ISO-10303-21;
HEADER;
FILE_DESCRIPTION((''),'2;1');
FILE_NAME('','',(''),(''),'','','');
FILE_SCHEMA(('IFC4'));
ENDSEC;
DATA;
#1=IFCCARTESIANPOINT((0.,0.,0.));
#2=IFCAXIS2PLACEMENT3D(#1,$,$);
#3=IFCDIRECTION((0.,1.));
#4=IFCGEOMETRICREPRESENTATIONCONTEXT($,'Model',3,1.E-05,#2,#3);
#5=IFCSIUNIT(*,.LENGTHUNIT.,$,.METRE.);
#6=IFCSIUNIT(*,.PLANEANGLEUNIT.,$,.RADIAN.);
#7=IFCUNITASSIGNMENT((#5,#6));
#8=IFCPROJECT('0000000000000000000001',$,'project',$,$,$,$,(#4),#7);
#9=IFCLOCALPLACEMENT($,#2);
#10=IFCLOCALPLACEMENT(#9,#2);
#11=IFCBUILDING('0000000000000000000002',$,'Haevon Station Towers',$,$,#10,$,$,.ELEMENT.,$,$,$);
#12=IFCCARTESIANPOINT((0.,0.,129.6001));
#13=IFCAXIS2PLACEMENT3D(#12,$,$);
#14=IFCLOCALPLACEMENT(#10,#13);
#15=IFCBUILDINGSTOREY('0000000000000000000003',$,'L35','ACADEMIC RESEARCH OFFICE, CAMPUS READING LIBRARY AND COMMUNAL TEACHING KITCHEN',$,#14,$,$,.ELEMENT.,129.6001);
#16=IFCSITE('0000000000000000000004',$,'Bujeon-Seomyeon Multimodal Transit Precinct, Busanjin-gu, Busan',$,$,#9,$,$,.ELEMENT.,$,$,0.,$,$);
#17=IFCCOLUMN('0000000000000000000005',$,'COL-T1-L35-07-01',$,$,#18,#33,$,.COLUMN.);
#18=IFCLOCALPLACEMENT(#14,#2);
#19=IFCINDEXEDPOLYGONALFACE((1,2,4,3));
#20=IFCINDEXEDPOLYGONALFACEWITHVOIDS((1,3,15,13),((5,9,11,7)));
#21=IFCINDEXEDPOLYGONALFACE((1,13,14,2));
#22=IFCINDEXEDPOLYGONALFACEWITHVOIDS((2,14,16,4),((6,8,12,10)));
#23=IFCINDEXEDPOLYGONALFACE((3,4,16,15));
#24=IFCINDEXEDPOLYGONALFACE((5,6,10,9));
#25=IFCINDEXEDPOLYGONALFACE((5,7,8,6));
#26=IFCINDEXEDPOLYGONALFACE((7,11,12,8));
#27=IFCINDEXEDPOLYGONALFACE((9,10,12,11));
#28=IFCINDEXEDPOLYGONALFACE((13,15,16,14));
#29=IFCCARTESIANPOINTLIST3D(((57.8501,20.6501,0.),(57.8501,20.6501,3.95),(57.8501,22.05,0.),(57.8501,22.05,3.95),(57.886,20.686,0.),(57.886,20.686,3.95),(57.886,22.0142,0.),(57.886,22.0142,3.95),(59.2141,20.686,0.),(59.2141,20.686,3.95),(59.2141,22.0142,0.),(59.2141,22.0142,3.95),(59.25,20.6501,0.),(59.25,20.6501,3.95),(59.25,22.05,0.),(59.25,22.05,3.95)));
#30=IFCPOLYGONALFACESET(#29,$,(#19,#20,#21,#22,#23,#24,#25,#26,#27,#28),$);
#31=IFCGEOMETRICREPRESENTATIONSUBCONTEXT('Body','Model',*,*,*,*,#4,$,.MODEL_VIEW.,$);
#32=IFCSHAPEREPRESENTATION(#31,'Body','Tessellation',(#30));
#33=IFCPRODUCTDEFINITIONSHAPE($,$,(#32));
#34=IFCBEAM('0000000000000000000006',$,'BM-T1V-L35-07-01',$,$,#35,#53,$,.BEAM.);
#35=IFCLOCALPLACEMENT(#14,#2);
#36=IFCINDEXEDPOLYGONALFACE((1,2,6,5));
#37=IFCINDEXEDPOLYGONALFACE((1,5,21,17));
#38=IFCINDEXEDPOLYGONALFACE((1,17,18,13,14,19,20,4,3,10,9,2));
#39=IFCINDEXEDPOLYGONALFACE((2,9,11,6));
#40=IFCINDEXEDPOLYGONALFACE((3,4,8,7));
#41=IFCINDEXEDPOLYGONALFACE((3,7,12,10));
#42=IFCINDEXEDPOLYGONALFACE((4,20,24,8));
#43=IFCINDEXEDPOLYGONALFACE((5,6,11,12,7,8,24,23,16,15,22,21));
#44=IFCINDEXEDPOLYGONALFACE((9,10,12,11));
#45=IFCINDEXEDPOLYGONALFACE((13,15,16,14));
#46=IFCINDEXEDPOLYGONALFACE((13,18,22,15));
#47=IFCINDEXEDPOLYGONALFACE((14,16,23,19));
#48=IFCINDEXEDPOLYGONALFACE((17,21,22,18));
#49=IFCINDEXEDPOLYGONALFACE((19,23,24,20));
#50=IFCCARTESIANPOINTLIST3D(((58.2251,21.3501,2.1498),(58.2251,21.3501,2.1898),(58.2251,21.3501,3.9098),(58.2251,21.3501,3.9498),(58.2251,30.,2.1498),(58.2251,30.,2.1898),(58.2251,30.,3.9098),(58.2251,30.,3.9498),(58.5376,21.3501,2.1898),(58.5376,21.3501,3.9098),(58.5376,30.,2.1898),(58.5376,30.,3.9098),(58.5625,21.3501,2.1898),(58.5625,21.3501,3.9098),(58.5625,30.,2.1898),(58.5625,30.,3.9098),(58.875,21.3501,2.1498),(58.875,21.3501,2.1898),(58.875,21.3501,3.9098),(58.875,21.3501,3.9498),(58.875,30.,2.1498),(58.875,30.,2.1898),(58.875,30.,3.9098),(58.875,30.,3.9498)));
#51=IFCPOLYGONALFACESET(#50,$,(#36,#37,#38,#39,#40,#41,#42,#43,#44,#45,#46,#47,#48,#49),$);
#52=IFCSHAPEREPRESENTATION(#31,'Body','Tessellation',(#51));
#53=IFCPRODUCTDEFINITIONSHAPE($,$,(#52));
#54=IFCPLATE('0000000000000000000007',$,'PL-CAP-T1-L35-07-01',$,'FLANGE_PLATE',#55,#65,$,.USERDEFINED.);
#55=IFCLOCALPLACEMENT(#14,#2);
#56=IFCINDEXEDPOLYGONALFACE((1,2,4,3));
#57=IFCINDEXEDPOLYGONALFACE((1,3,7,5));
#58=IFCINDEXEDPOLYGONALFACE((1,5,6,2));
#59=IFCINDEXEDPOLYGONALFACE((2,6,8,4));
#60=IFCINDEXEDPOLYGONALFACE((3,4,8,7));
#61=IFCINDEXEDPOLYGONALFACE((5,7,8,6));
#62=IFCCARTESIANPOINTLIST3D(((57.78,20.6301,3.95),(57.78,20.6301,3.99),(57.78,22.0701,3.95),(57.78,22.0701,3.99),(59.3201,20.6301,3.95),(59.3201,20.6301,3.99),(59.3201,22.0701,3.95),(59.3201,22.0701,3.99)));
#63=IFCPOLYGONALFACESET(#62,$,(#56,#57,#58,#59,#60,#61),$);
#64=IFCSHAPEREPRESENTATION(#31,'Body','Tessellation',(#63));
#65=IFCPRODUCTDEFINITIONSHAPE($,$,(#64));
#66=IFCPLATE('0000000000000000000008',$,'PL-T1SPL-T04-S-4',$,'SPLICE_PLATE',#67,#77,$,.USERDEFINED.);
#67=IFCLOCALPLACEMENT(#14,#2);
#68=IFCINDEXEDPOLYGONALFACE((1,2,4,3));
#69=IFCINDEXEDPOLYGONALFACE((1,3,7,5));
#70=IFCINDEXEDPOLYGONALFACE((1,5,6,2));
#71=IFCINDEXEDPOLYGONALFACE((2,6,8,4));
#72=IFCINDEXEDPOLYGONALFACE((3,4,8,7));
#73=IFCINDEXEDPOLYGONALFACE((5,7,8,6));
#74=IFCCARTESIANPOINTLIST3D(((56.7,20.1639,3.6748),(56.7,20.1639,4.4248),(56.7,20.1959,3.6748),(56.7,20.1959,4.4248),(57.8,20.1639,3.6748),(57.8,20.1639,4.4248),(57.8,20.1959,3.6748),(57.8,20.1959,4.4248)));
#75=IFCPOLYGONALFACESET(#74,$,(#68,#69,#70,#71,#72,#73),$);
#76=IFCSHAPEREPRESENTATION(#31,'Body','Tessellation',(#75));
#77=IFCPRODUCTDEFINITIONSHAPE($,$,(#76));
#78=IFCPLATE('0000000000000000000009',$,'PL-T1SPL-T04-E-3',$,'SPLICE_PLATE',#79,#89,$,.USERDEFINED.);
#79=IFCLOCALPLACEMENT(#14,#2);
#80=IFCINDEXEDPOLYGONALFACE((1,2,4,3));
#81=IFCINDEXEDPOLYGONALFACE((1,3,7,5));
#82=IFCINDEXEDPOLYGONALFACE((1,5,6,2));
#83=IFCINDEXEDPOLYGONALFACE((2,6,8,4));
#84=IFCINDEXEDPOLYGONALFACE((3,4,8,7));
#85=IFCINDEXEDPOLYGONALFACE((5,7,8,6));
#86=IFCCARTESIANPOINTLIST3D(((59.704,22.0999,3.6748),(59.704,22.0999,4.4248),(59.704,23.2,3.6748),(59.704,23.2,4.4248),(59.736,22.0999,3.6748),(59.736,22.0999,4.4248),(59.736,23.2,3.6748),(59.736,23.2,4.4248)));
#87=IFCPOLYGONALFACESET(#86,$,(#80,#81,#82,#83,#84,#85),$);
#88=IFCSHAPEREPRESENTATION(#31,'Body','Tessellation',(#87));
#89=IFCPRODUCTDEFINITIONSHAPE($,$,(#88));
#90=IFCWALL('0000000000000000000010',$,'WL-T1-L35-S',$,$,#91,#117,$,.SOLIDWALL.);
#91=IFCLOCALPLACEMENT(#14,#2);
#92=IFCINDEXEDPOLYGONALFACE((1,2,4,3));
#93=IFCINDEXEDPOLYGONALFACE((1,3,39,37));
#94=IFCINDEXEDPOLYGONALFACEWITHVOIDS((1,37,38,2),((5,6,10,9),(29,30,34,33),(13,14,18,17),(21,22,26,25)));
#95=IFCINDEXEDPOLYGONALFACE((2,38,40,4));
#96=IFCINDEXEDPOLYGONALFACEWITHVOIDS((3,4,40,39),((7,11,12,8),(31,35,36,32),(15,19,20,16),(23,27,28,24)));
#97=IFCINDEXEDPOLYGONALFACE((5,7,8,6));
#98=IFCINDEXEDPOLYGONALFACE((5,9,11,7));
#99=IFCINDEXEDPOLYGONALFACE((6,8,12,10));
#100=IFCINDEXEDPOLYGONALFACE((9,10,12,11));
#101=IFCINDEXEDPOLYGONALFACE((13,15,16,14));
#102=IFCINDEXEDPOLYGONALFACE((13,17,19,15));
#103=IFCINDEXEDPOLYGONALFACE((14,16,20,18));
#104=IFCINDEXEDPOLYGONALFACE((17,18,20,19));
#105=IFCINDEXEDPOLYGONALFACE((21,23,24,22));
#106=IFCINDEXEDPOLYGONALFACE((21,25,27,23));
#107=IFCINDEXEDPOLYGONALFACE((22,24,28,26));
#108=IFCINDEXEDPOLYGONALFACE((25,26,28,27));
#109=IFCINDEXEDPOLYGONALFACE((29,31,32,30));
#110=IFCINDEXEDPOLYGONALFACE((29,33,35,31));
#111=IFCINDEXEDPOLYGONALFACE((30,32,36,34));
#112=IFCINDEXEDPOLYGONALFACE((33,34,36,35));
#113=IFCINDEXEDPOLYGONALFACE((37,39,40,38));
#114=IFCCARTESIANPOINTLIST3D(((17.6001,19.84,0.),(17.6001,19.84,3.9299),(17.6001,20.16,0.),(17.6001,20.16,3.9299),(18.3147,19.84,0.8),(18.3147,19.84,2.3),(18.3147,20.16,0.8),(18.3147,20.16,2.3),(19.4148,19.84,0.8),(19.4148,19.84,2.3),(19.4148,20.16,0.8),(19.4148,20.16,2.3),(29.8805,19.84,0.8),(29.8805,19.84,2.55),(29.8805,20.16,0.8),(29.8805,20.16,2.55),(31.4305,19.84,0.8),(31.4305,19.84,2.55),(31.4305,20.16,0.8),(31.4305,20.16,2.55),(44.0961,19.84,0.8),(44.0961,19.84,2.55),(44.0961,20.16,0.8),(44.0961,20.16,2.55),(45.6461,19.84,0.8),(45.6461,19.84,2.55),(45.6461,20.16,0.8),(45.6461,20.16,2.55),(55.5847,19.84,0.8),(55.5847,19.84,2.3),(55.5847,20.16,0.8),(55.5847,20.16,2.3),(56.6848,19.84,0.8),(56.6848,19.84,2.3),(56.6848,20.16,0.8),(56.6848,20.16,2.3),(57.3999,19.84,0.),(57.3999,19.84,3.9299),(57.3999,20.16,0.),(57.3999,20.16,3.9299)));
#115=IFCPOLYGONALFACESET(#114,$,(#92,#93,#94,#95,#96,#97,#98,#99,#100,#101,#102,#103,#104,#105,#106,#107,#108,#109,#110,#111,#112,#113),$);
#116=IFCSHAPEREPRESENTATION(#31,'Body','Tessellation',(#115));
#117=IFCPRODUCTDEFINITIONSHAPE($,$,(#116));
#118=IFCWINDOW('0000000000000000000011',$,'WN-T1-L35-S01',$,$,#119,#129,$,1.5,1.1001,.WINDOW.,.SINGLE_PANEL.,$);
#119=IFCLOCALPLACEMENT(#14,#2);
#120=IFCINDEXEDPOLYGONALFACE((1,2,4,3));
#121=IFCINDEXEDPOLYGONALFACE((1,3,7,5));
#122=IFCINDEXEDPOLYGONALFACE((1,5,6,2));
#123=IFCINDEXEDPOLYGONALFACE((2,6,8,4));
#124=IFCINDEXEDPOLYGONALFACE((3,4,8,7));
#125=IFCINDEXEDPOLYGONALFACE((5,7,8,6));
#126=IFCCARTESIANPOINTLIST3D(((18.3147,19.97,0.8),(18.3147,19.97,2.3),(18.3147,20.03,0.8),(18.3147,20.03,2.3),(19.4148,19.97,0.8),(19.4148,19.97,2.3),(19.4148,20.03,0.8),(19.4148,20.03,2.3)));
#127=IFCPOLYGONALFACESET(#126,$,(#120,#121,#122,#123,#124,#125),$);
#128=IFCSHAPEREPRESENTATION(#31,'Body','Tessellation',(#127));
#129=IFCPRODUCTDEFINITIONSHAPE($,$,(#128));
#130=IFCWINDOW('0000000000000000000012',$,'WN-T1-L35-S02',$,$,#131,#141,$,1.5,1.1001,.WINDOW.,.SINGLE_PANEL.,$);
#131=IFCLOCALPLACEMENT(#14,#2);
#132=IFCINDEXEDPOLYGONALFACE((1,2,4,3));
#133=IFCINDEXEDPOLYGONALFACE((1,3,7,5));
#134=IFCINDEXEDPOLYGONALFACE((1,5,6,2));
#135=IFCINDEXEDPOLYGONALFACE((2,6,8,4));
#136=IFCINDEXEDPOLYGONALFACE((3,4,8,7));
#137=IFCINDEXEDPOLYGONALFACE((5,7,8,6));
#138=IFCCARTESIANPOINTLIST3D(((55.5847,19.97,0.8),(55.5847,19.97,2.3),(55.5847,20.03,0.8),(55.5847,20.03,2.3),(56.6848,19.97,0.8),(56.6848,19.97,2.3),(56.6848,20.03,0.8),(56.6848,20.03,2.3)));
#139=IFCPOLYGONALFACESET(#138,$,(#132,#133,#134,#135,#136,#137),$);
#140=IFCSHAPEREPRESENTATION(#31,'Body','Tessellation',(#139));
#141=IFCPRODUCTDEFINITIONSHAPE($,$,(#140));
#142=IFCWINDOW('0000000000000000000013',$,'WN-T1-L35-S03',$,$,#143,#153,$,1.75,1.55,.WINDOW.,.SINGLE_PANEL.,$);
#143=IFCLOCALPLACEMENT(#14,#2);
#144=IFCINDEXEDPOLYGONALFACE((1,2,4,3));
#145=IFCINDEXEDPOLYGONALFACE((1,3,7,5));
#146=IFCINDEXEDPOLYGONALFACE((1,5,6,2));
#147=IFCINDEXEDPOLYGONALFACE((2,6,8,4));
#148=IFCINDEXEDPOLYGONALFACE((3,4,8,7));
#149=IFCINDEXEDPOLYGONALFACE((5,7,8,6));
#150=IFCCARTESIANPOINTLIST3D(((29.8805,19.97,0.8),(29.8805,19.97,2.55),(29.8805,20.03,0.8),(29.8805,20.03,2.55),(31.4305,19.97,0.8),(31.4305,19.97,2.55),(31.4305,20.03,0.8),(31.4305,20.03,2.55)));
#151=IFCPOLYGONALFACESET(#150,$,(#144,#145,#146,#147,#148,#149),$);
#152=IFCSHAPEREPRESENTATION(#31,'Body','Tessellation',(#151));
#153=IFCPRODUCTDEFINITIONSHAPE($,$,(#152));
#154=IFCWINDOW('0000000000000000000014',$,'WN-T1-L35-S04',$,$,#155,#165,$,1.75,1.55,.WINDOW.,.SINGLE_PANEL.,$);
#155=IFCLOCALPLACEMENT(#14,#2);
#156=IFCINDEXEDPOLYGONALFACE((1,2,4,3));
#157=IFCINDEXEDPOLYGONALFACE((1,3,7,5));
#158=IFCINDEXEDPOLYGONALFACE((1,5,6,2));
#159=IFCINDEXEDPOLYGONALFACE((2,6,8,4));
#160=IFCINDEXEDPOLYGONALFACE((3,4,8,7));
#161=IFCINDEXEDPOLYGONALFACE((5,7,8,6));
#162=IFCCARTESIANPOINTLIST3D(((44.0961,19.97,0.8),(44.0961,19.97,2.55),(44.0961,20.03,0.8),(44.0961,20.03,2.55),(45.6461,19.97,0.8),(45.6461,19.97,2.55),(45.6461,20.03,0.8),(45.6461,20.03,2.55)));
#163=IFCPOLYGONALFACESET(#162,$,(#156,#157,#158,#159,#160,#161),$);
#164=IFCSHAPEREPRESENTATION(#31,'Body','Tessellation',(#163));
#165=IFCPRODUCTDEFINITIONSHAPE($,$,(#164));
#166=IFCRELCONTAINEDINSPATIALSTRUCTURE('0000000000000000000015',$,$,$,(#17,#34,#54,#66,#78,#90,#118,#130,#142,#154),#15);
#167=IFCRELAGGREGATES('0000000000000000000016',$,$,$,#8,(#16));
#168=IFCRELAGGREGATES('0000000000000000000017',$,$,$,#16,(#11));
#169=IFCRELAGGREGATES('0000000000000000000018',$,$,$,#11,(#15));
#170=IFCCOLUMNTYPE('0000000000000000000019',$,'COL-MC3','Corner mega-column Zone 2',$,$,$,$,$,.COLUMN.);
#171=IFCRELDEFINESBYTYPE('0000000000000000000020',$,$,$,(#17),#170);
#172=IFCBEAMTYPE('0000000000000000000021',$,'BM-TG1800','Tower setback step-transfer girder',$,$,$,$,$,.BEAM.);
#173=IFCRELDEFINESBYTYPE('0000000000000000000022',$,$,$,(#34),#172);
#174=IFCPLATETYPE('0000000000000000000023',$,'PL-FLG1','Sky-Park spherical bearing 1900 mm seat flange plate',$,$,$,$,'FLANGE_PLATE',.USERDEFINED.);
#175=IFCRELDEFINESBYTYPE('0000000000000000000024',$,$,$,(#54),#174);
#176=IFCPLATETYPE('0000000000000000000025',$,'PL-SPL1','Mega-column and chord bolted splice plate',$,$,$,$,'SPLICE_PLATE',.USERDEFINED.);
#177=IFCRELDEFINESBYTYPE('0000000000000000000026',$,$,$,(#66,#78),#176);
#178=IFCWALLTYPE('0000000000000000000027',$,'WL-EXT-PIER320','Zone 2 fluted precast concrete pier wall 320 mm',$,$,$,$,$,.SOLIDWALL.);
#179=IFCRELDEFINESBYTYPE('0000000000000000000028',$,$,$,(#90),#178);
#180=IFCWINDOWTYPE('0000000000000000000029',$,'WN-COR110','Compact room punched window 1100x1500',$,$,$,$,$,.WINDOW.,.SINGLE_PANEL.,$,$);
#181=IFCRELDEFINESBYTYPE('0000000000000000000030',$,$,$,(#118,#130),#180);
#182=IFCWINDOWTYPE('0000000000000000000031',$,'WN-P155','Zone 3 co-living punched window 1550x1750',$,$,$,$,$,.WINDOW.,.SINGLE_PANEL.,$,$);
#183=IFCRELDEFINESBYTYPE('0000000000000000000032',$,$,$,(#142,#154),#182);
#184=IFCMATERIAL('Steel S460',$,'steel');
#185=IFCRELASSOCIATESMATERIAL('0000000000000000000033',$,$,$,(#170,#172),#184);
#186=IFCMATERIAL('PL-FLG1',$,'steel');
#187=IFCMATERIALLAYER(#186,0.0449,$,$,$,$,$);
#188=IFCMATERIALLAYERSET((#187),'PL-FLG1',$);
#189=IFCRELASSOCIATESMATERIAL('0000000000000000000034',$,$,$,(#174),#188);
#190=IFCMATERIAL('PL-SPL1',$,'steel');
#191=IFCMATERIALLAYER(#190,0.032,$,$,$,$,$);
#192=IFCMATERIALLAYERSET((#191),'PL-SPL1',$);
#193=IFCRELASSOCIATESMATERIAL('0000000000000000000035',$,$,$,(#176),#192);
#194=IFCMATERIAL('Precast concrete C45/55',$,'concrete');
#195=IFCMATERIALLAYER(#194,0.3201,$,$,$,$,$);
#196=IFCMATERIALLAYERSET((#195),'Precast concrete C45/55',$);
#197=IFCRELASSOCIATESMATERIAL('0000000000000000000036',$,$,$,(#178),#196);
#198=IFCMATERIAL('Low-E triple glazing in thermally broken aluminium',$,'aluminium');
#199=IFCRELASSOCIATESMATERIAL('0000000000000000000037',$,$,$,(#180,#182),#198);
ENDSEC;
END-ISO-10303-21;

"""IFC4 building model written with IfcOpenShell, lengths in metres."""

from ifc_helpers import new_model, si_unit, direction, frame, frame_2d, origin, origin_2d, place, context, subcontext, project, spatial, rectangle, hollow_rectangle, i_section, extrude, material, layer, layer_set, material_profile, profile_set, type_object, element, fill, save


model = new_model("IFC4")

# Units and contexts
model_context = context("Model", 3, precision=1e-05, world=origin(), true_north=direction((0.0, 1.0)))
body_context = subcontext(model_context, "Body", "Model", "MODEL_VIEW")
ifc_project = project(units=[si_unit("LENGTHUNIT", "METRE"), si_unit("PLANEANGLEUNIT", "RADIAN")], contexts=[model_context])

# Site, building, storey
site_placement = place(None, origin())
site = spatial("IfcSite", under=ifc_project, at=site_placement, Name="Bujeon-Seomyeon Multimodal Transit Precinct, Busanjin-gu, Busan", CompositionType="ELEMENT", RefElevation=0.0)
building_placement = place(site_placement, origin())
building = spatial("IfcBuilding", under=site, at=building_placement, Name="Haevon Station Towers", CompositionType="ELEMENT")
storey_placement = place(building_placement, frame((0.0, 0.0, 129.6001)))
storey = spatial("IfcBuildingStorey", under=building, at=storey_placement, Name="L35", Description="ACADEMIC RESEARCH OFFICE, CAMPUS READING LIBRARY AND COMMUNAL TEACHING KITCHEN", CompositionType="ELEMENT", Elevation=129.6001)

# Column
ifc_material_1 = material(Name="Steel S460", Category="steel")
ifc_material_profile_1 = material_profile(ifc_material_1, hollow_rectangle(XDim=1.3999, YDim=1.3999, WallThickness=0.0359, at=origin_2d()), Name="BOX-1400x1400x36")
ifc_profile_set_1 = profile_set([ifc_material_profile_1], Name="Steel S460")
column_type = type_object("IfcColumnType", Name="COL-MC3", Description="Corner mega-column Zone 2", PredefinedType="COLUMN", material=ifc_profile_set_1)
column_placement = place(storey_placement, frame((58.55, 21.3501, 0.0), z_axis=(0.0, 0.0, 1.0), x_axis=(1.0, 0.0, 0.0)))
element("IfcColumn", 1, at=column_placement, inside=storey, type_object=column_type, Name="COL-T1-L35-07-01", PredefinedType="COLUMN", context=body_context, shape_type="SweptSolid", body=[
    extrude(hollow_rectangle(XDim=1.3999, YDim=1.3999, WallThickness=0.0359, at=origin_2d()), origin(), (0.0, 0.0, 1.0), 3.95),
])

# Beam
ifc_material_profile_2 = material_profile(ifc_material_1, i_section(OverallWidth=0.6499, OverallDepth=1.8, WebThickness=0.0249, FlangeThickness=0.04, at=origin_2d()), Name="H-1800x650x25x40")
ifc_profile_set_2 = profile_set([ifc_material_profile_2], Name="Steel S460")
beam_type = type_object("IfcBeamType", Name="BM-TG1800", Description="Tower setback step-transfer girder", PredefinedType="BEAM", material=ifc_profile_set_2)
beam_placement = place(storey_placement, frame((58.55, 21.3501, 3.0498), z_axis=(0.0, 1.0, 0.0), x_axis=(-1.0, 0.0, 0.0)))
element("IfcBeam", 2, at=beam_placement, inside=storey, type_object=beam_type, Name="BM-T1V-L35-07-01", PredefinedType="BEAM", context=body_context, shape_type="SweptSolid", body=[
    extrude(i_section(OverallWidth=0.6499, OverallDepth=1.8, WebThickness=0.0249, FlangeThickness=0.04, at=origin_2d()), origin(), (0.0, 0.0, 1.0), 8.6499),
])

# Plates
ifc_material_2 = material(Name="PL-FLG1", Category="steel")
ifc_layer_1 = layer(ifc_material_2, 0.0449)
ifc_layer_set_1 = layer_set([ifc_layer_1], Name="PL-FLG1")
plate_type_1 = type_object("IfcPlateType", Name="PL-FLG1", Description="Sky-Park spherical bearing 1900 mm seat flange plate", ElementType="FLANGE_PLATE", PredefinedType="USERDEFINED", material=ifc_layer_set_1)
plate_placement = place(storey_placement, frame((58.55, 21.3501, 3.95), z_axis=(0.0, 0.0, 1.0), x_axis=(1.0, 0.0, 0.0)))
element("IfcPlate", 3, at=plate_placement, inside=storey, type_object=plate_type_1, Name="PL-CAP-T1-L35-07-01", ObjectType="FLANGE_PLATE", PredefinedType="USERDEFINED", context=body_context, shape_type="SweptSolid", body=[
    extrude(rectangle(XDim=1.54, YDim=1.4399, at=origin_2d()), origin(), (0.0, 0.0, 1.0), 0.04),
])
ifc_material_3 = material(Name="PL-SPL1", Category="steel")
ifc_layer_2 = layer(ifc_material_3, 0.032)
ifc_layer_set_2 = layer_set([ifc_layer_2], Name="PL-SPL1")
plate_type_2 = type_object("IfcPlateType", Name="PL-SPL1", Description="Mega-column and chord bolted splice plate", ElementType="SPLICE_PLATE", PredefinedType="USERDEFINED", material=ifc_layer_set_2)
for number, where, z_axis, x_axis, name in (
    (4, (57.25, 20.1799, 3.6748), (0.0, 0.0, 1.0), (1.0, 0.0, 0.0), "PL-T1SPL-T04-S-4"),
    (5, (59.72, 22.6499, 3.6748), (0.0, 0.0, 1.0), (0.0, 1.0, 0.0), "PL-T1SPL-T04-E-3"),
):
    element("IfcPlate", number, at=place(storey_placement, frame(where, z_axis=z_axis, x_axis=x_axis)), inside=storey, type_object=plate_type_2, Name=name, ObjectType="SPLICE_PLATE", PredefinedType="USERDEFINED", context=body_context, shape_type="SweptSolid", body=[
        extrude(rectangle(XDim=1.1001, YDim=0.032, at=origin_2d()), origin(), (0.0, 0.0, 1.0), 0.75),
    ])

# Wall, openings, windows
ifc_material_4 = material(Name="Precast concrete C45/55", Category="concrete")
ifc_layer_3 = layer(ifc_material_4, 0.3201)
ifc_layer_set_3 = layer_set([ifc_layer_3], Name="Precast concrete C45/55")
wall_type_1 = type_object("IfcWallType", Name="WL-EXT-PIER320", Description="Zone 2 fluted precast concrete pier wall 320 mm", PredefinedType="SOLIDWALL", material=ifc_layer_set_3)
wall_1_placement = place(storey_placement, frame((57.3999, 20.0, 0.0), z_axis=(0.0, 0.0, 1.0), x_axis=(-1.0, 0.0, 0.0)))
wall_1 = element("IfcWall", 6, at=wall_1_placement, inside=storey, type_object=wall_type_1, Name="WL-T1-L35-S", PredefinedType="SOLIDWALL", context=body_context, shape_type="SweptSolid", body=[
    extrude(rectangle(XDim=39.7998, YDim=0.3201, at=frame_2d((19.8999, 0.0))), origin(), (0.0, 0.0, 1.0), 3.9299),
])
opening_1_placement = place(wall_1_placement, frame((37.9851, 0.0, 0.8)))
opening_1 = element("IfcOpeningElement", 7, at=opening_1_placement, cuts=wall_1, PredefinedType="OPENING", context=body_context, shape_type="SweptSolid", body=[
    extrude(rectangle(XDim=1.1001, YDim=1.5, at=frame_2d((0.55, 0.75))), frame((0.0, 0.1699, 0.0), z_axis=(0.0, -1.0, 0.0), x_axis=(1.0, 0.0, 0.0)), (0.0, 0.0, 1.0), 0.3401),
])
opening_2_placement = place(wall_1_placement, frame((0.7151, 0.0, 0.8)))
opening_2 = element("IfcOpeningElement", 8, at=opening_2_placement, cuts=wall_1, PredefinedType="OPENING", context=body_context, shape_type="SweptSolid", body=[
    extrude(rectangle(XDim=1.1001, YDim=1.5, at=frame_2d((0.55, 0.75))), frame((0.0, 0.1699, 0.0), z_axis=(0.0, -1.0, 0.0), x_axis=(1.0, 0.0, 0.0)), (0.0, 0.0, 1.0), 0.3401),
])
opening_3_placement = place(wall_1_placement, frame((25.9695, 0.0, 0.8)))
opening_3 = element("IfcOpeningElement", 9, at=opening_3_placement, cuts=wall_1, PredefinedType="OPENING", context=body_context, shape_type="SweptSolid", body=[
    extrude(rectangle(XDim=1.55, YDim=1.75, at=frame_2d((0.7749, 0.875))), frame((0.0, 0.1699, 0.0), z_axis=(0.0, -1.0, 0.0), x_axis=(1.0, 0.0, 0.0)), (0.0, 0.0, 1.0), 0.3401),
])
opening_4_placement = place(wall_1_placement, frame((11.7539, 0.0, 0.8)))
opening_4 = element("IfcOpeningElement", 10, at=opening_4_placement, cuts=wall_1, PredefinedType="OPENING", context=body_context, shape_type="SweptSolid", body=[
    extrude(rectangle(XDim=1.55, YDim=1.75, at=frame_2d((0.7749, 0.875))), frame((0.0, 0.1699, 0.0), z_axis=(0.0, -1.0, 0.0), x_axis=(1.0, 0.0, 0.0)), (0.0, 0.0, 1.0), 0.3401),
])
ifc_material_5 = material(Name="Low-E triple glazing in thermally broken aluminium", Category="aluminium")
window_type_1 = type_object("IfcWindowType", Name="WN-COR110", Description="Compact room punched window 1100x1500", PartitioningType="SINGLE_PANEL", PredefinedType="WINDOW", material=ifc_material_5)
window_1_placement = place(opening_1_placement, origin())
window_1 = element("IfcWindow", 11, at=window_1_placement, inside=storey, type_object=window_type_1, Name="WN-T1-L35-S01", OverallHeight=1.5, OverallWidth=1.1001, PartitioningType="SINGLE_PANEL", PredefinedType="WINDOW", context=body_context, shape_type="SweptSolid", body=[
    extrude(rectangle(XDim=1.1001, YDim=1.5, at=frame_2d((0.55, 0.75))), frame((0.0, 0.03, 0.0), z_axis=(0.0, -1.0, 0.0), x_axis=(1.0, 0.0, 0.0)), (0.0, 0.0, 1.0), 0.0601),
])
fill(opening_1, window_1)
window_2_placement = place(opening_2_placement, origin())
window_2 = element("IfcWindow", 12, at=window_2_placement, inside=storey, type_object=window_type_1, Name="WN-T1-L35-S02", OverallHeight=1.5, OverallWidth=1.1001, PartitioningType="SINGLE_PANEL", PredefinedType="WINDOW", context=body_context, shape_type="SweptSolid", body=[
    extrude(rectangle(XDim=1.1001, YDim=1.5, at=frame_2d((0.55, 0.75))), frame((0.0, 0.03, 0.0), z_axis=(0.0, -1.0, 0.0), x_axis=(1.0, 0.0, 0.0)), (0.0, 0.0, 1.0), 0.0601),
])
fill(opening_2, window_2)
window_type_2 = type_object("IfcWindowType", Name="WN-P155", Description="Zone 3 co-living punched window 1550x1750", PartitioningType="SINGLE_PANEL", PredefinedType="WINDOW", material=ifc_material_5)
window_3_placement = place(opening_3_placement, origin())
window_3 = element("IfcWindow", 13, at=window_3_placement, inside=storey, type_object=window_type_2, Name="WN-T1-L35-S03", OverallHeight=1.75, OverallWidth=1.55, PartitioningType="SINGLE_PANEL", PredefinedType="WINDOW", context=body_context, shape_type="SweptSolid", body=[
    extrude(rectangle(XDim=1.55, YDim=1.75, at=frame_2d((0.7749, 0.875))), frame((0.0, 0.03, 0.0), z_axis=(0.0, -1.0, 0.0), x_axis=(1.0, 0.0, 0.0)), (0.0, 0.0, 1.0), 0.0601),
])
fill(opening_3, window_3)
window_4_placement = place(opening_4_placement, origin())
window_4 = element("IfcWindow", 14, at=window_4_placement, inside=storey, type_object=window_type_2, Name="WN-T1-L35-S04", OverallHeight=1.75, OverallWidth=1.55, PartitioningType="SINGLE_PANEL", PredefinedType="WINDOW", context=body_context, shape_type="SweptSolid", body=[
    extrude(rectangle(XDim=1.55, YDim=1.75, at=frame_2d((0.7749, 0.875))), frame((0.0, 0.03, 0.0), z_axis=(0.0, -1.0, 0.0), x_axis=(1.0, 0.0, 0.0)), (0.0, 0.0, 1.0), 0.0601),
])
fill(opening_4, window_4)

save(model, "model.ifc")
